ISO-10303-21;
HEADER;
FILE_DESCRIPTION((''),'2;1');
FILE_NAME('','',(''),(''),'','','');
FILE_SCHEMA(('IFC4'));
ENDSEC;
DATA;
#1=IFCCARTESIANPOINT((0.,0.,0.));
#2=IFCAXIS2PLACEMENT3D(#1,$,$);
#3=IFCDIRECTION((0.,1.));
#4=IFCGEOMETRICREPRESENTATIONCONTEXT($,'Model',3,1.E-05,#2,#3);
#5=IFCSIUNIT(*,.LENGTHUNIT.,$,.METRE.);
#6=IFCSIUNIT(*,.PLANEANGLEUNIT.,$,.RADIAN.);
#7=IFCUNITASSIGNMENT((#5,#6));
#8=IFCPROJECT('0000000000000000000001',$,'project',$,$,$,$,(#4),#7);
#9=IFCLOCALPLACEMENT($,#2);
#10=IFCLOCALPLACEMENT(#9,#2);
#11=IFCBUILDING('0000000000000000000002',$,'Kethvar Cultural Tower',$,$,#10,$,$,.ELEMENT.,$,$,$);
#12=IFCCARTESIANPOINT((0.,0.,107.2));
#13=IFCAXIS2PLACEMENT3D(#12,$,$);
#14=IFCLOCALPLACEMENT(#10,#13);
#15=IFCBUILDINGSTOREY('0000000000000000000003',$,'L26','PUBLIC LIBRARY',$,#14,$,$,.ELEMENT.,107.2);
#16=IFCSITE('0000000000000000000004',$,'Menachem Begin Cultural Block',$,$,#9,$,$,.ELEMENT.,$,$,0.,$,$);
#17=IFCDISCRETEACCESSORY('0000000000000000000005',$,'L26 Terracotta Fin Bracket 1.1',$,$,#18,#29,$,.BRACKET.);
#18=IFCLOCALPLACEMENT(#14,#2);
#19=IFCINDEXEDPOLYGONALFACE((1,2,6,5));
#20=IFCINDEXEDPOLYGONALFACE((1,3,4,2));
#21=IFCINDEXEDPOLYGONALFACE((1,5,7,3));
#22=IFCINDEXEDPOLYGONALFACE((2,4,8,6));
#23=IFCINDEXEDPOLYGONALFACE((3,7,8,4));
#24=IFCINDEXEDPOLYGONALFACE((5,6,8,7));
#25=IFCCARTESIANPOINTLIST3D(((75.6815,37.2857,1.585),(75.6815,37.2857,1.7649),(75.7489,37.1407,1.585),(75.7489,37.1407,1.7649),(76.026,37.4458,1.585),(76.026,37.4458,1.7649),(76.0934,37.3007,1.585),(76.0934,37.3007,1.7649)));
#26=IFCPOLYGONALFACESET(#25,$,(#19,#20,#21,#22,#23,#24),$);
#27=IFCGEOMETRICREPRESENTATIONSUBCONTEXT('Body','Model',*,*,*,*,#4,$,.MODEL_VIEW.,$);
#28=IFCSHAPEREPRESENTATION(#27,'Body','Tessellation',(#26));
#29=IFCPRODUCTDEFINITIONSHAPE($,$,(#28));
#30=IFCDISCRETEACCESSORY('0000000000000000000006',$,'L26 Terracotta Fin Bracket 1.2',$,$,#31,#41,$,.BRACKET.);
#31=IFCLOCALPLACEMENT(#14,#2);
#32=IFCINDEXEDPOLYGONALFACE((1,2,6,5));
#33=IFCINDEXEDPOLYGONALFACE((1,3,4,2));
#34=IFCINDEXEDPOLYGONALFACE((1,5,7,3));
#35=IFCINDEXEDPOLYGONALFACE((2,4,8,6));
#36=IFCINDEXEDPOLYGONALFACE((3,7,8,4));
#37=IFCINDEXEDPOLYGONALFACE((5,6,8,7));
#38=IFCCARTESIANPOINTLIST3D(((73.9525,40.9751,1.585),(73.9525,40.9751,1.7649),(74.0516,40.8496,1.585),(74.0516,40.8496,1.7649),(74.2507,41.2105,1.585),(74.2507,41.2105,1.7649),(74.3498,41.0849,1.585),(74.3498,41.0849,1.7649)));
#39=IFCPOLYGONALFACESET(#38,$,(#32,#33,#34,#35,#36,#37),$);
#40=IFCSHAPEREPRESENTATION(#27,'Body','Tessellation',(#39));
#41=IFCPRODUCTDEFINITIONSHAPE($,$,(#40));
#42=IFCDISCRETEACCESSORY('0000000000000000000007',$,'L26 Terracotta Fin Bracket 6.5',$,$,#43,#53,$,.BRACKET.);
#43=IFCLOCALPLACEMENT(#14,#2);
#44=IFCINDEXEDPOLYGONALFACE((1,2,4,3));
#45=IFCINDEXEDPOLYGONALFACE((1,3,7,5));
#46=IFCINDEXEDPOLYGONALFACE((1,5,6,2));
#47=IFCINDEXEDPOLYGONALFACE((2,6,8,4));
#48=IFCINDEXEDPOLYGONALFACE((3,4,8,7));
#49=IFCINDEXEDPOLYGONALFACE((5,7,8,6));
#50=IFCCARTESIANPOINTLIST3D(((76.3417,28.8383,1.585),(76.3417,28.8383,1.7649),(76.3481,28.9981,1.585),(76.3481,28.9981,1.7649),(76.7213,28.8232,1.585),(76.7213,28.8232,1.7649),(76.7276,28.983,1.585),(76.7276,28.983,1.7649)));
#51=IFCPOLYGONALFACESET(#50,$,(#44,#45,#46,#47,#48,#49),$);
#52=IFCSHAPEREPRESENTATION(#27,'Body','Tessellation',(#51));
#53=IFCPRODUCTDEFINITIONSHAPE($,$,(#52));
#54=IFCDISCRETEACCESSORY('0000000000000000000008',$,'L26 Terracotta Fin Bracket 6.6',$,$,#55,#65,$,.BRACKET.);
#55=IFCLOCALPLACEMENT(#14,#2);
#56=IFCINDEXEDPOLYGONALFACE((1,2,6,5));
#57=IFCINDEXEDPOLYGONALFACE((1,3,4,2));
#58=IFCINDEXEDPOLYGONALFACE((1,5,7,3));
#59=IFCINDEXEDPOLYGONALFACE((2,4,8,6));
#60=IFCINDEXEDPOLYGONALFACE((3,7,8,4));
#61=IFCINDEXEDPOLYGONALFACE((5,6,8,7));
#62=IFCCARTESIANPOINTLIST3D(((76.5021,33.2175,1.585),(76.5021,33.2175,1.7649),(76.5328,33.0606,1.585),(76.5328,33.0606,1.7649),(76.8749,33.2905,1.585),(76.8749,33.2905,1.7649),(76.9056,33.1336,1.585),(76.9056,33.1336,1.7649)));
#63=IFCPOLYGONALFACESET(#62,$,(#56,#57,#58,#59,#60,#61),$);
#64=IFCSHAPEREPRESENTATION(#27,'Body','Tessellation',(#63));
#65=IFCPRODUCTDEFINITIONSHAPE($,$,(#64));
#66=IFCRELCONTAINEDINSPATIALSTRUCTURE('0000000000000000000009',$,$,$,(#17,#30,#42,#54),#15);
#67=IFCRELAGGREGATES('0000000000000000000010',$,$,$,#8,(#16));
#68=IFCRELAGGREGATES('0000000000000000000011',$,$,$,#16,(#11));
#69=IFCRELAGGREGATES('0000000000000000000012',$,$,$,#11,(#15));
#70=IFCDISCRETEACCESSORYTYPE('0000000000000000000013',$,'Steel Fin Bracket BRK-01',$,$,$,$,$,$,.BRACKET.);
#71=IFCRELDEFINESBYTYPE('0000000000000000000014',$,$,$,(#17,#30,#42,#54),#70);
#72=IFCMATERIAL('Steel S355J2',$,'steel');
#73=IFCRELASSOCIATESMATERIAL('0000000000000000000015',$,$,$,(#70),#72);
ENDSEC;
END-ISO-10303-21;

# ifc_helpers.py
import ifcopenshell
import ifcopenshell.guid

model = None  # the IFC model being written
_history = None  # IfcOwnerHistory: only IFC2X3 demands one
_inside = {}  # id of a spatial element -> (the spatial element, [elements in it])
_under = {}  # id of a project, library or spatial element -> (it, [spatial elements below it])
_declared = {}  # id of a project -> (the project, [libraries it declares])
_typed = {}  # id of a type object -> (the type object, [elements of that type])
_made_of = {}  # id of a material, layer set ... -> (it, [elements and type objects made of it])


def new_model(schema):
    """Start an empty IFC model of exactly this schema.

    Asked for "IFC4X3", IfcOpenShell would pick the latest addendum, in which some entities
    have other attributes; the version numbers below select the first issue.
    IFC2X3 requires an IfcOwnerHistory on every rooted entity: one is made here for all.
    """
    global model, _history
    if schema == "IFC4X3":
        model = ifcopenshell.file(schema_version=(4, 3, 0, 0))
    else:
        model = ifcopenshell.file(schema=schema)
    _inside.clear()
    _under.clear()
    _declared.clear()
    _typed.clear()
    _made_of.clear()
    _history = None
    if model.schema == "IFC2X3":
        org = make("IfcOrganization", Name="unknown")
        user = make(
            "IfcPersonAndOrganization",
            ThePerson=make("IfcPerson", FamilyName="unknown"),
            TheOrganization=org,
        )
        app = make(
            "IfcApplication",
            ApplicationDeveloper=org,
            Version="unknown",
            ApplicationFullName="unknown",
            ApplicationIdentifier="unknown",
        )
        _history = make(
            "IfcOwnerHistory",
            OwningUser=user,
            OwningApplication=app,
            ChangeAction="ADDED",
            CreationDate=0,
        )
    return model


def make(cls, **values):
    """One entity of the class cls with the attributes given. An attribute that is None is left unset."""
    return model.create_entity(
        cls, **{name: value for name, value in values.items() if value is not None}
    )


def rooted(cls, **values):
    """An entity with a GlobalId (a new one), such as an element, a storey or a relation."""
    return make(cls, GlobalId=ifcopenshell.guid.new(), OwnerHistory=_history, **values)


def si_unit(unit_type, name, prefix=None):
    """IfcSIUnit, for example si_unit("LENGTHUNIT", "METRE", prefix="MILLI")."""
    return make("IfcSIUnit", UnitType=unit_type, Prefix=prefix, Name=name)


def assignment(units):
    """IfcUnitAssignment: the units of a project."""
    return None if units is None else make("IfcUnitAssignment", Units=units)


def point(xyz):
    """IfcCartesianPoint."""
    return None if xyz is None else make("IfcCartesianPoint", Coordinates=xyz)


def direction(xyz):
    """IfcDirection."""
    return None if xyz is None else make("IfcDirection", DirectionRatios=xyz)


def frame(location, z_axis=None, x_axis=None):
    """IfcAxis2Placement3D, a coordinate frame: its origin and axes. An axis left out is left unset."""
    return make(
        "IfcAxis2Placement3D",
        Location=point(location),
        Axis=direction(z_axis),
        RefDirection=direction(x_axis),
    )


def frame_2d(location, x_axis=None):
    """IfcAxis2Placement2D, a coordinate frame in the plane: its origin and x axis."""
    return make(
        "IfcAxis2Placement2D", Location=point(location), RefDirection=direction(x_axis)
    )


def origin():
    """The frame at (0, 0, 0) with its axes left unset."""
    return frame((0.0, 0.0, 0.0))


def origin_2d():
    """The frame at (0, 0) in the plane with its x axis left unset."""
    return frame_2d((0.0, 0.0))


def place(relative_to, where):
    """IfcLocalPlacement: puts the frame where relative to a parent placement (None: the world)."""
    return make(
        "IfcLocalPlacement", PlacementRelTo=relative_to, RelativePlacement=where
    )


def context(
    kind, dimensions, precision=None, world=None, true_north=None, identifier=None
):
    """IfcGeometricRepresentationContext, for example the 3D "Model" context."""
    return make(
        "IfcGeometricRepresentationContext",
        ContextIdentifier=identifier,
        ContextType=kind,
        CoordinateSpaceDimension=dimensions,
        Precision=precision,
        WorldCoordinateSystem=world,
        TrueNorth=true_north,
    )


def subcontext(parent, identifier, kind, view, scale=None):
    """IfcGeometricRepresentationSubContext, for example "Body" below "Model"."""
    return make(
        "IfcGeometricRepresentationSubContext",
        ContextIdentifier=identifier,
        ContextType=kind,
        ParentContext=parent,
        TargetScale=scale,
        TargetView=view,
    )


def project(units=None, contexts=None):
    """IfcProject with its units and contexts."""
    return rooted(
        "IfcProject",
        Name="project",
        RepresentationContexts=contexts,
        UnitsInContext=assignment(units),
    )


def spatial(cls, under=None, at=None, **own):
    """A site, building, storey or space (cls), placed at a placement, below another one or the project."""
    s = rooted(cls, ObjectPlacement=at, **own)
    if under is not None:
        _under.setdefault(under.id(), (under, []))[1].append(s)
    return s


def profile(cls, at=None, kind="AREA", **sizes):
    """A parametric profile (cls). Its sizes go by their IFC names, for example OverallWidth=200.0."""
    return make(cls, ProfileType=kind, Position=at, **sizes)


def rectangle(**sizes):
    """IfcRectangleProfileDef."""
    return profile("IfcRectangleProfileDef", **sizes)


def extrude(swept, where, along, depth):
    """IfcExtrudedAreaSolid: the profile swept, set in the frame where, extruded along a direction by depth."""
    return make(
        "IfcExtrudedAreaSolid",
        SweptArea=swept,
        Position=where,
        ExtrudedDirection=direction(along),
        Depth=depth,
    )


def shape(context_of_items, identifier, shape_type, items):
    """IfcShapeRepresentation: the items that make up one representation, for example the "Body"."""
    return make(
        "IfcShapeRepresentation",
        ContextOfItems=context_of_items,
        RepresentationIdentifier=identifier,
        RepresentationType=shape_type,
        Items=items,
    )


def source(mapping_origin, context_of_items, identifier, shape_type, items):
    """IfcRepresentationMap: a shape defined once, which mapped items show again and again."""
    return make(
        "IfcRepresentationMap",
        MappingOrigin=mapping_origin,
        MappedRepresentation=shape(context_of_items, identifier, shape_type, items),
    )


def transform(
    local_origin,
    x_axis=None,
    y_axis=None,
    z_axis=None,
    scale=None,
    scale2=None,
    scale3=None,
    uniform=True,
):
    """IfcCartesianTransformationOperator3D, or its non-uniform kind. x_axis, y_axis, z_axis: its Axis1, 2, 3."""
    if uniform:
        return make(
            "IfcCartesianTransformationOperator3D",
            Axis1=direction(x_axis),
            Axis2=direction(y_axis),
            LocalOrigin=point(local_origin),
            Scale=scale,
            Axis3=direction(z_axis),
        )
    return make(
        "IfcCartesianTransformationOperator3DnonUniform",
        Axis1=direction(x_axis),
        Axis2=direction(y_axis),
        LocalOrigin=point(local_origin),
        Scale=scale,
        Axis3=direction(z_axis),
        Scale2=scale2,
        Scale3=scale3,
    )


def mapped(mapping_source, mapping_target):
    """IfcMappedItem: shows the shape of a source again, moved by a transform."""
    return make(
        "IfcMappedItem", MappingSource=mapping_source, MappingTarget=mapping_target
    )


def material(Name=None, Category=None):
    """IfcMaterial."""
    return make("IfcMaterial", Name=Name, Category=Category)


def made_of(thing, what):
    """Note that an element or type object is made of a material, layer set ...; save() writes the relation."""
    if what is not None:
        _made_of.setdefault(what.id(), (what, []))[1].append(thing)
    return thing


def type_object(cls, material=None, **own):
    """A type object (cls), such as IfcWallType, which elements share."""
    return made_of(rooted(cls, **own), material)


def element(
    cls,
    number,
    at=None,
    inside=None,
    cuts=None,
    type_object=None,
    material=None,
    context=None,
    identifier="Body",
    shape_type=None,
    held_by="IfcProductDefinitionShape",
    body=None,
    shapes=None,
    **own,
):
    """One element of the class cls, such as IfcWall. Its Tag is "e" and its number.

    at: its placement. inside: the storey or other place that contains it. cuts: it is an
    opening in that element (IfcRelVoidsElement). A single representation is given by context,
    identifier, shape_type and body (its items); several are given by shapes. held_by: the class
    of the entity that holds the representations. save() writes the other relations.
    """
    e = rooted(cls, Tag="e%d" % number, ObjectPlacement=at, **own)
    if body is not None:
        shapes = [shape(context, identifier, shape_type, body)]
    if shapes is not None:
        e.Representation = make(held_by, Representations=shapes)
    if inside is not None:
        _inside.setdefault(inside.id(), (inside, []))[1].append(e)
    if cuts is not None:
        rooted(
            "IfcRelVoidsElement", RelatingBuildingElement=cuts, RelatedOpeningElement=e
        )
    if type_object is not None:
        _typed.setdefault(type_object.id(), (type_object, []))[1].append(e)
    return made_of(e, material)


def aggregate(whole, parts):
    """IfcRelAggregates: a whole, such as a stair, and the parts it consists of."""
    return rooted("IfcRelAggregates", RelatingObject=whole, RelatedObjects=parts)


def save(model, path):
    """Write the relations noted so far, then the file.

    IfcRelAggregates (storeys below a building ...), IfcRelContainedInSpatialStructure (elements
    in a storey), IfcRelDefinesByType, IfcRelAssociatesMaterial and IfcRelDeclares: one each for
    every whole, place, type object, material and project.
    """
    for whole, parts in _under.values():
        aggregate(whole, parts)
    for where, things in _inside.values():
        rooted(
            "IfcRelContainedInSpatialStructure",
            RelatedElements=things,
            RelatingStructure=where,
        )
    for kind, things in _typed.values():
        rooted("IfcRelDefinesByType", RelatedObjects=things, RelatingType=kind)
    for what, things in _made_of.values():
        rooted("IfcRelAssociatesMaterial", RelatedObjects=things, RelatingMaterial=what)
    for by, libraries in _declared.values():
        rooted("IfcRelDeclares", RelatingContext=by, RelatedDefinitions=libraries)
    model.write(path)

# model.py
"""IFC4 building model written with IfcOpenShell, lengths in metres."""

from ifc_helpers import new_model, si_unit, direction, frame, origin, origin_2d, place, context, subcontext, project, spatial, rectangle, extrude, source, transform, mapped, material, type_object, element, save


model = new_model("IFC4")

# Units and contexts
model_context = context("Model", 3, precision=1e-05, world=origin(), true_north=direction((0.0, 1.0)))
body_context = subcontext(model_context, "Body", "Model", "MODEL_VIEW")
ifc_project = project(units=[si_unit("LENGTHUNIT", "METRE"), si_unit("PLANEANGLEUNIT", "RADIAN")], contexts=[model_context])

# Site, building, storey
site_placement = place(None, origin())
site = spatial("IfcSite", under=ifc_project, at=site_placement, Name="Menachem Begin Cultural Block", CompositionType="ELEMENT", RefElevation=0.0)
building_placement = place(site_placement, origin())
building = spatial("IfcBuilding", under=site, at=building_placement, Name="Kethvar Cultural Tower", CompositionType="ELEMENT")
storey_placement = place(building_placement, frame((0.0, 0.0, 107.2)))
storey = spatial("IfcBuildingStorey", under=building, at=storey_placement, Name="L26", Description="PUBLIC LIBRARY", CompositionType="ELEMENT", Elevation=107.2)

# Shared definitions
ifc_material_1 = material(Name="Steel S355J2", Category="steel")

# Discrete accessories
discrete_accessory_type = type_object("IfcDiscreteAccessoryType", Name="Steel Fin Bracket BRK-01", PredefinedType="BRACKET", material=ifc_material_1)
shared_shape_1 = source(origin(), body_context, "Body", "SweptSolid", [
    extrude(rectangle(XDim=0.3799, YDim=0.1599, at=origin_2d()), origin(), (0.0, 0.0, 1.0), 0.1799),
])
for number, where, z_axis, x_axis, name in (
    (1, (75.8875, 37.2932, 1.585), (0.0, 0.0, 1.0), (0.906897, 0.421352, 0.0), "L26 Terracotta Fin Bracket 1.1"),
    (2, (74.1511, 41.03, 1.585), (0.0, 0.0, 1.0), (0.784993, 0.619505, 0.0), "L26 Terracotta Fin Bracket 1.2"),
    (3, (76.5347, 28.9106, 1.585), (0.0, 0.0, 1.0), (0.999208, -0.039783, 0.0), "L26 Terracotta Fin Bracket 6.5"),
    (4, (76.7039, 33.1755, 1.585), (0.0, 0.0, 1.0), (0.98136, 0.192179, 0.0), "L26 Terracotta Fin Bracket 6.6"),
):
    element("IfcDiscreteAccessory", number, at=place(storey_placement, frame(where, z_axis=z_axis, x_axis=x_axis)), inside=storey, type_object=discrete_accessory_type, Name=name, PredefinedType="BRACKET", context=body_context, shape_type="MappedRepresentation", body=[
        mapped(shared_shape_1, transform((0.0, 0.0, 0.0), scale=1.0)),
    ])

save(model, "model.ifc")
